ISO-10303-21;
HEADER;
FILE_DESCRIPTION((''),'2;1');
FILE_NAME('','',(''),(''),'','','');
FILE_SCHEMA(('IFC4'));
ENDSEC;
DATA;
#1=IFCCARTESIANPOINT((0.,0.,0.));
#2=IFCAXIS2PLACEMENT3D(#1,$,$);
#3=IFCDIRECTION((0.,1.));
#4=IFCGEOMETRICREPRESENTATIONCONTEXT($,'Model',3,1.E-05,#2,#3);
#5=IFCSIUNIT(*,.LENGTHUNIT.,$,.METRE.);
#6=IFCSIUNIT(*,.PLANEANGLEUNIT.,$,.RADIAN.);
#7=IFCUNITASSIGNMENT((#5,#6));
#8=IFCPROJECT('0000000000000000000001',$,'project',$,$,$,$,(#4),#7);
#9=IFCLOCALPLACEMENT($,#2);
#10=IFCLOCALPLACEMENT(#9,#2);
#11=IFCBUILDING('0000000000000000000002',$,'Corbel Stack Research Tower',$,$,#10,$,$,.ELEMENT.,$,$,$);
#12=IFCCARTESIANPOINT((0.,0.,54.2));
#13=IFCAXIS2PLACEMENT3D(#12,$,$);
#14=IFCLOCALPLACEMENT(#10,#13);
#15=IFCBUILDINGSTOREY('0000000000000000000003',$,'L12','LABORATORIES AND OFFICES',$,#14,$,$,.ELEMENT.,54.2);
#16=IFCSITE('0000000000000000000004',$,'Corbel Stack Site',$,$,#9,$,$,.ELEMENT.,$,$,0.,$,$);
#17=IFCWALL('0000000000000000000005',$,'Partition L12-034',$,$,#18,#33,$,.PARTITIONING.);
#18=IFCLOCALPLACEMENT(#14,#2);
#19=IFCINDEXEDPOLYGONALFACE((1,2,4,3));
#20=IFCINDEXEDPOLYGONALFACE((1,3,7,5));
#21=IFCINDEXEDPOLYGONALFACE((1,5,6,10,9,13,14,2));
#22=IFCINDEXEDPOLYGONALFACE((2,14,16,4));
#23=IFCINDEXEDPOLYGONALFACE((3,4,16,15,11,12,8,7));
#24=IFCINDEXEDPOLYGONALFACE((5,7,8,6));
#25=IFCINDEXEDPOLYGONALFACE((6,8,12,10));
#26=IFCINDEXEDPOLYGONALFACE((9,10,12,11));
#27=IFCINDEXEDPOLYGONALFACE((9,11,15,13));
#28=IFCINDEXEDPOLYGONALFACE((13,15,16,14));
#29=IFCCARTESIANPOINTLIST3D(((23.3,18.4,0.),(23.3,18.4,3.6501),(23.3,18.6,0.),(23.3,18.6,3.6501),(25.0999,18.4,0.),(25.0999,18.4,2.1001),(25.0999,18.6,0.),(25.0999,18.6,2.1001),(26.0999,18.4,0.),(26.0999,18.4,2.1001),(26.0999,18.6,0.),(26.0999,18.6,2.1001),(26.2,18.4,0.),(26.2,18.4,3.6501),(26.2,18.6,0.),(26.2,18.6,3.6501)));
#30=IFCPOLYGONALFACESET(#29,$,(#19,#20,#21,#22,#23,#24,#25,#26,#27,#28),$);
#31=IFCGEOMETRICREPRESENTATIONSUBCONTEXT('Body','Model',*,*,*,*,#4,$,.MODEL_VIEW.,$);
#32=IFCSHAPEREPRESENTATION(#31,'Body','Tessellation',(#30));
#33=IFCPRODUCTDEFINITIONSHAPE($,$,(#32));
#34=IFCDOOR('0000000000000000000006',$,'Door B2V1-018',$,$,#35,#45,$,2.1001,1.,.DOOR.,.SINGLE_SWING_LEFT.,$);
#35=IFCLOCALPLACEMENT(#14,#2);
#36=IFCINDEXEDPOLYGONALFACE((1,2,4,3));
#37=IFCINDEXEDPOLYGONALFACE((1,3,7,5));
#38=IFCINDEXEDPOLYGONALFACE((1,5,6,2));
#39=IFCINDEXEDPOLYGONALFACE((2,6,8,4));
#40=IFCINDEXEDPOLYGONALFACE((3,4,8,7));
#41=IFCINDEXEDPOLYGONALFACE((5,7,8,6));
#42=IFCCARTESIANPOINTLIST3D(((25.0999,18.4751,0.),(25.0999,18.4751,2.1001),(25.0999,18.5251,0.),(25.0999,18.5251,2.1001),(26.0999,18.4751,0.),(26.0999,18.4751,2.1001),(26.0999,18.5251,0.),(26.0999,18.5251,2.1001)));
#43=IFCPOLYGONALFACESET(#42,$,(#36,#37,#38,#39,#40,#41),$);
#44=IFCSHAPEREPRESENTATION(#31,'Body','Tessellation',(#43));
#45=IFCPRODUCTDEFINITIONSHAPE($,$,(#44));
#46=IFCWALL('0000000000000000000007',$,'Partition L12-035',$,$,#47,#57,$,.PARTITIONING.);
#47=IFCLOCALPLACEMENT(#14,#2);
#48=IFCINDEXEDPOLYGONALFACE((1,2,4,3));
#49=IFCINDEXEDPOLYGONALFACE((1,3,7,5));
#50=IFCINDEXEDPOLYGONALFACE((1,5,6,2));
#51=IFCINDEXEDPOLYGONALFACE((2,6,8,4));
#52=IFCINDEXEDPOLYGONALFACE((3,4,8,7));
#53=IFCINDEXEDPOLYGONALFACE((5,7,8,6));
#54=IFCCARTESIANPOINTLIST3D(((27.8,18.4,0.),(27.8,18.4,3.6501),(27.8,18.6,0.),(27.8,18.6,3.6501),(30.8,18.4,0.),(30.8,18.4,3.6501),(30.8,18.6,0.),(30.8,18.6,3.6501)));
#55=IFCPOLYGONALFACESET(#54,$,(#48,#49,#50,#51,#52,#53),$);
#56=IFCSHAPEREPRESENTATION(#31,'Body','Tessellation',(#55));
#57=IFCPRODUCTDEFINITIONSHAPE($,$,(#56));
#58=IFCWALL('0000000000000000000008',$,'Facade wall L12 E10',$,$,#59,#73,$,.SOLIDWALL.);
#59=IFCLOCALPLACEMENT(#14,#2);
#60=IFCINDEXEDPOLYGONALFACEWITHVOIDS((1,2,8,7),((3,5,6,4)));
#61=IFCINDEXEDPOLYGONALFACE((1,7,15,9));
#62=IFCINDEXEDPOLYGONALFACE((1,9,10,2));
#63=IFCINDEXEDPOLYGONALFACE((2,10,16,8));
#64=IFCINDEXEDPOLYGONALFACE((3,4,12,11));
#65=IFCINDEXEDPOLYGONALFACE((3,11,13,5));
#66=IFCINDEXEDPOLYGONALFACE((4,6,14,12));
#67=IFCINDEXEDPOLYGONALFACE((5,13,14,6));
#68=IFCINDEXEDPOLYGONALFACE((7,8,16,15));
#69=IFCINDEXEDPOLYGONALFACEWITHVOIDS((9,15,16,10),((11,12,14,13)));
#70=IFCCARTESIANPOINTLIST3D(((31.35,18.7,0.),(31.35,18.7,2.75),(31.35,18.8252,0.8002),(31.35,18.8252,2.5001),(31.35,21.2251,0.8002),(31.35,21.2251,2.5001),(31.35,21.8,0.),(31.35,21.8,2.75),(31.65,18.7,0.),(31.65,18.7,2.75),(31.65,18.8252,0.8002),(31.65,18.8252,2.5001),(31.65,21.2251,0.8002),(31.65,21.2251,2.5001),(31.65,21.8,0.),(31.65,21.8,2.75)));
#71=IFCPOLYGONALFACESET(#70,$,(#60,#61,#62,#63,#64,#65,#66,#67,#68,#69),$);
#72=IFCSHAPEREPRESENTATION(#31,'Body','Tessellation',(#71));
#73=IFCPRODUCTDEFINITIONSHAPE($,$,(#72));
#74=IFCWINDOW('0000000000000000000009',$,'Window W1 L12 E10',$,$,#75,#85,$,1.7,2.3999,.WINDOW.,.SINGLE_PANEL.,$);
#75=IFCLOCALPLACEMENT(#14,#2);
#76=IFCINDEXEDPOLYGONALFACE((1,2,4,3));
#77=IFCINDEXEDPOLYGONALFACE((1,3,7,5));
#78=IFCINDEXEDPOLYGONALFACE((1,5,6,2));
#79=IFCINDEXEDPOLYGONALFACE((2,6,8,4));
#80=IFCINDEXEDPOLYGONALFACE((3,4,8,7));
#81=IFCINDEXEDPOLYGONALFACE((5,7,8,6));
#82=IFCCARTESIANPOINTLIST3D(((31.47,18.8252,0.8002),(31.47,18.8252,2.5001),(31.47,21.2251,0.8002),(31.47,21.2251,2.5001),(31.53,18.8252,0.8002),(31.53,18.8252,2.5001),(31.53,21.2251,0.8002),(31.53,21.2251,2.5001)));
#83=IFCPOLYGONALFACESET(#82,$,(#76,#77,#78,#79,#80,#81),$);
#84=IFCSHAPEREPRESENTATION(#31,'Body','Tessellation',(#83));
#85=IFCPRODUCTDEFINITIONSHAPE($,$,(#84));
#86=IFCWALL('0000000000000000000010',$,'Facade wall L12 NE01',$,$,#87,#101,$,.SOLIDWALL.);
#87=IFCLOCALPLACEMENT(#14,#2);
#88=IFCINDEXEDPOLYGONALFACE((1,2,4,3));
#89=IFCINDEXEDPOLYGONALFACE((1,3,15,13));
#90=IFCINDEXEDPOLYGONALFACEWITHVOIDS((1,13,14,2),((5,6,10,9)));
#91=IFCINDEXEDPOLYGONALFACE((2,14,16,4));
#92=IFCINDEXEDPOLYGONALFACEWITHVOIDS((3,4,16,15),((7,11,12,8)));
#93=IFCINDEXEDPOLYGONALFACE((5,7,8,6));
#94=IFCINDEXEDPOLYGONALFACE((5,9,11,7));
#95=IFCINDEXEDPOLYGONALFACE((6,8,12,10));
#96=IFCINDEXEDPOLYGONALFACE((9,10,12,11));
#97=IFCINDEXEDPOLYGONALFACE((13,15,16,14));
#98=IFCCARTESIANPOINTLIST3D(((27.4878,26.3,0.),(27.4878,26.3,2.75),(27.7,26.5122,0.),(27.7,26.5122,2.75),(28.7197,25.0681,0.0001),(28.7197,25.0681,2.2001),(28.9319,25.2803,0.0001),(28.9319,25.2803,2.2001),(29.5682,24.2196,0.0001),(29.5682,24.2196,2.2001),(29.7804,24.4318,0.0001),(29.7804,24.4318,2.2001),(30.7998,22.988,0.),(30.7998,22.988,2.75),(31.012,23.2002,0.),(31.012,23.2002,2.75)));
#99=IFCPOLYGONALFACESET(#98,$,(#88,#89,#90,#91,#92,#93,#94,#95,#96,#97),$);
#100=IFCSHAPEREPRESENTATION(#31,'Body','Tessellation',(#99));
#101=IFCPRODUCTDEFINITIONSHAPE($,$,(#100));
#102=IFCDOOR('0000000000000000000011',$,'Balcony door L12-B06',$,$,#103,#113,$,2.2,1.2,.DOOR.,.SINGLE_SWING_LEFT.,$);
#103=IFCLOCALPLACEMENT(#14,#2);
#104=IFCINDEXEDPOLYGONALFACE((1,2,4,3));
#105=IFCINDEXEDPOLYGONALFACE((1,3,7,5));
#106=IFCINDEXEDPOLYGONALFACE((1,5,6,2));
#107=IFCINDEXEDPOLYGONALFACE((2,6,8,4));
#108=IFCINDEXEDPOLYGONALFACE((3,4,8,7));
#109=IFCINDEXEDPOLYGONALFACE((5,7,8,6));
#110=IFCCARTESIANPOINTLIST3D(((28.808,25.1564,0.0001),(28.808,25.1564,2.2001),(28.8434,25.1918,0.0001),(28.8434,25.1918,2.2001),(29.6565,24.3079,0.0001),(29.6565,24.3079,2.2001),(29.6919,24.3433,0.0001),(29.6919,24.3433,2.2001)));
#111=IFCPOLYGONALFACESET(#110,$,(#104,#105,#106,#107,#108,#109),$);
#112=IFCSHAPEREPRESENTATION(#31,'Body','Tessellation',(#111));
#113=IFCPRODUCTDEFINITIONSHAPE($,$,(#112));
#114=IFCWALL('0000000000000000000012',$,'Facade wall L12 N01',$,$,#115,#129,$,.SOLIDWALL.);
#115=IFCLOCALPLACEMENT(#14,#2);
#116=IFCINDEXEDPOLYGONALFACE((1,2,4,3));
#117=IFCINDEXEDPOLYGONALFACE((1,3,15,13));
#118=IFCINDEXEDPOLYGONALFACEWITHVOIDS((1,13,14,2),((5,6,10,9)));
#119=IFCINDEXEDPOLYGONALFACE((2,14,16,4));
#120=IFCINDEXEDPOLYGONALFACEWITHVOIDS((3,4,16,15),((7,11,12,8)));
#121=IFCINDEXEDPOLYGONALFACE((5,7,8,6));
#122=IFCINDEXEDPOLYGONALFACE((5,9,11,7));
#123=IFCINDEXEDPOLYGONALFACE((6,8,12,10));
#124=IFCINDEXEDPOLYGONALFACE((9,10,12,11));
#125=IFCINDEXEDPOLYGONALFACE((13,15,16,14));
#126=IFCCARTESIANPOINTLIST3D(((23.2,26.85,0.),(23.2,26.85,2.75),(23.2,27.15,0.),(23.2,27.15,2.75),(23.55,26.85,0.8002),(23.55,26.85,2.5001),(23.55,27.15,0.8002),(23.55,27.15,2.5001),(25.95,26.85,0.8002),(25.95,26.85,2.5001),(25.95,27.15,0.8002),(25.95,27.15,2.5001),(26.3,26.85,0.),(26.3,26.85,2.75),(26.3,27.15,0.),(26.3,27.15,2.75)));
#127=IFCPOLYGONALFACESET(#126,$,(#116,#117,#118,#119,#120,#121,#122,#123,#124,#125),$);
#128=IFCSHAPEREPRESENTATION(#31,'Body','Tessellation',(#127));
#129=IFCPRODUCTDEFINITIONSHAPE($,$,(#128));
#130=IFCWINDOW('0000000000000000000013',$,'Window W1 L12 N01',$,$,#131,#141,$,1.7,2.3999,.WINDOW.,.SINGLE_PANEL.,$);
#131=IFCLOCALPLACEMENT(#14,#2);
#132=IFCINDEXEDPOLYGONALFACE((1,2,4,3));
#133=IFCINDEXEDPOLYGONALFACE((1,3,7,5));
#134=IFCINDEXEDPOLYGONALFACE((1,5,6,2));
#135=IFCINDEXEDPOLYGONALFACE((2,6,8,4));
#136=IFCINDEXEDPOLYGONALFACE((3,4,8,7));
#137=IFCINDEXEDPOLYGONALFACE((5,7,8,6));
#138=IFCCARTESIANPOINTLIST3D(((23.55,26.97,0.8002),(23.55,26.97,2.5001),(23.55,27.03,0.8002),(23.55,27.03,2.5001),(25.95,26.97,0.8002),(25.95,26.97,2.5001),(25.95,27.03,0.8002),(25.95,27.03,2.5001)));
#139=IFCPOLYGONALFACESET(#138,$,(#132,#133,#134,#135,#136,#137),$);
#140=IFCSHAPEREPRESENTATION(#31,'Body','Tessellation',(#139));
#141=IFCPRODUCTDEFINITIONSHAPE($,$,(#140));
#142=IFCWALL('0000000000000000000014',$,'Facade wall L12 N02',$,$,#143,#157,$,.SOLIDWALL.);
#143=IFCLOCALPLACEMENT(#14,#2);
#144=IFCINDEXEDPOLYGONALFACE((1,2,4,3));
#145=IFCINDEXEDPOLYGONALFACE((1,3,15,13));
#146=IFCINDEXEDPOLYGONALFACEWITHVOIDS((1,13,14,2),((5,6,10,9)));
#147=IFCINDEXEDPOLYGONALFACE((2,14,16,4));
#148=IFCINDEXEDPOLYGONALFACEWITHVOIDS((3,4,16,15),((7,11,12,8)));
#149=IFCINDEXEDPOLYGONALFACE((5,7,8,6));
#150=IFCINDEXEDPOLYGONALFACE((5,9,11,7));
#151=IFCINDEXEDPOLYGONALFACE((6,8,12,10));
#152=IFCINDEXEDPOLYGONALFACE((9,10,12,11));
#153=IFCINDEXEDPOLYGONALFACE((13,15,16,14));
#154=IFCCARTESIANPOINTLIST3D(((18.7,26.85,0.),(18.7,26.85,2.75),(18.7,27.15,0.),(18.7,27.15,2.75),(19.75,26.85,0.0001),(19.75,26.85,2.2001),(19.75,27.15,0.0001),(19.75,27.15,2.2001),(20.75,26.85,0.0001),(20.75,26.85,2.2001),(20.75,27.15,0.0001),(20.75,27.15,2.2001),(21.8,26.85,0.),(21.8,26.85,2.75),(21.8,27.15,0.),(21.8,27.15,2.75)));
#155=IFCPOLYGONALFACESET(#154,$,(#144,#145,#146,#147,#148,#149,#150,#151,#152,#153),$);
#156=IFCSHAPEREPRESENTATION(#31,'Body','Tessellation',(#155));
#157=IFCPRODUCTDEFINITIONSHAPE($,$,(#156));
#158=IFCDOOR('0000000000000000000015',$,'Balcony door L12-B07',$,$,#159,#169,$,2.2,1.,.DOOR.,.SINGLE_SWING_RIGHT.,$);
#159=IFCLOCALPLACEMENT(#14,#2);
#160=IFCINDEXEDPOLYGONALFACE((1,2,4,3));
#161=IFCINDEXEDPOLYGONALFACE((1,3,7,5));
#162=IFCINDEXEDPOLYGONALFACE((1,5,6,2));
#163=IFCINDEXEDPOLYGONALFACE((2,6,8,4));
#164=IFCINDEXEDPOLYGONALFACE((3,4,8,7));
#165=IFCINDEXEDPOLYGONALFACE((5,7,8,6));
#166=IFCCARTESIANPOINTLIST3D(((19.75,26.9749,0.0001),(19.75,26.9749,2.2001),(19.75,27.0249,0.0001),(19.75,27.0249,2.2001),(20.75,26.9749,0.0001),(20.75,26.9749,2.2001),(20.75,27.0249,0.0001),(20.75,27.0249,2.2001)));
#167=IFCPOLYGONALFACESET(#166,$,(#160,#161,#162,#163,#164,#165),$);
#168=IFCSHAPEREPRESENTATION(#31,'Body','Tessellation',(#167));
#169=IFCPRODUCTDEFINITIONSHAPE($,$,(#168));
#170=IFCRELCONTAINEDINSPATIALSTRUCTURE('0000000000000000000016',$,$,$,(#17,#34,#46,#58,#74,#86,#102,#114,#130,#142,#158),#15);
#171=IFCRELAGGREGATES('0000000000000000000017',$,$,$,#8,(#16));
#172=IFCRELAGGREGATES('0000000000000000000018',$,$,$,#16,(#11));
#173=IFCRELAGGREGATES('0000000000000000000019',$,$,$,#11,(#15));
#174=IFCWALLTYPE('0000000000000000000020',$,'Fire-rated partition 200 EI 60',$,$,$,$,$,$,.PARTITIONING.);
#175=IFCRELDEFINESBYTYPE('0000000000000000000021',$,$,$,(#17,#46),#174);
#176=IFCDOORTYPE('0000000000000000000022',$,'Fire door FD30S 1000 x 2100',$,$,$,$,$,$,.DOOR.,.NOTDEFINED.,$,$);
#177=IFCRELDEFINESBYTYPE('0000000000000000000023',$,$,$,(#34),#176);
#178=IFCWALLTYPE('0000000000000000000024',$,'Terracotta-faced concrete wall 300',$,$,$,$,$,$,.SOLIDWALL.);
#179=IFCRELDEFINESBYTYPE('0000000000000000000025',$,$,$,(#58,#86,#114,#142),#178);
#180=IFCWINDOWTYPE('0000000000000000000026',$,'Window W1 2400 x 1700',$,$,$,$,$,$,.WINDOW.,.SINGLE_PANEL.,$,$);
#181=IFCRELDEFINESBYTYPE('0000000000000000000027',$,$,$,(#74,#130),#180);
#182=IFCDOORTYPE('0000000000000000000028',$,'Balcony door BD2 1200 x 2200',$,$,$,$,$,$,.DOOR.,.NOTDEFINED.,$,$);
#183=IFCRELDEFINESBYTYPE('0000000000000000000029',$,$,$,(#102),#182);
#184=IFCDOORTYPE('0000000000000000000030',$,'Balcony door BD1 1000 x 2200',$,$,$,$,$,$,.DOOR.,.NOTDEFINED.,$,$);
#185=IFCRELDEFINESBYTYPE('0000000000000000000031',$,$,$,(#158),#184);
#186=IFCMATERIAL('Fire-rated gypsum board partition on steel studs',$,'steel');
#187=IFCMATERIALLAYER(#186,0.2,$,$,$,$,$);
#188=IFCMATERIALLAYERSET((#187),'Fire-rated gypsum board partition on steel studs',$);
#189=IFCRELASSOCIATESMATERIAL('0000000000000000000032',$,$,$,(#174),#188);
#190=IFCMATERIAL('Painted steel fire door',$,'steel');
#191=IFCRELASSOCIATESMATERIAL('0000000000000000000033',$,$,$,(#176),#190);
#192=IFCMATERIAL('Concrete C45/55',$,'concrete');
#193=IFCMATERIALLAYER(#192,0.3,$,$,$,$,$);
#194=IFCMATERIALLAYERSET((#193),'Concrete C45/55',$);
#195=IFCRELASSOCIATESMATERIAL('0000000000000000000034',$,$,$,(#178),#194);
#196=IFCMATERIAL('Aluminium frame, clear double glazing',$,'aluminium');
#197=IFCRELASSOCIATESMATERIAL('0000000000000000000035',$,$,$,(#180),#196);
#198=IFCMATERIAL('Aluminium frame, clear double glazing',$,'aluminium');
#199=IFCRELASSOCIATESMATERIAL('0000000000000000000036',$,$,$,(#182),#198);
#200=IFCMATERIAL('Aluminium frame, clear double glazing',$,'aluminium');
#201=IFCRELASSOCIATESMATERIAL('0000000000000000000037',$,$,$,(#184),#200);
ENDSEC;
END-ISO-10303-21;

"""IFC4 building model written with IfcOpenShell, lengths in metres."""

from ifc_helpers import new_model, si_unit, direction, frame, frame_2d, origin, place, context, subcontext, project, spatial, rectangle, extrude, material, layer, layer_set, type_object, element, fill, save


model = new_model("IFC4")

# Units and contexts
model_context = context("Model", 3, precision=1e-05, world=origin(), true_north=direction((0.0, 1.0)))
body_context = subcontext(model_context, "Body", "Model", "MODEL_VIEW")
ifc_project = project(units=[si_unit("LENGTHUNIT", "METRE"), si_unit("PLANEANGLEUNIT", "RADIAN")], contexts=[model_context])

# Site, building, storey
site_placement = place(None, origin())
site = spatial("IfcSite", under=ifc_project, at=site_placement, Name="Corbel Stack Site", CompositionType="ELEMENT", RefElevation=0.0)
building_placement = place(site_placement, origin())
building = spatial("IfcBuilding", under=site, at=building_placement, Name="Corbel Stack Research Tower", CompositionType="ELEMENT")
storey_placement = place(building_placement, frame((0.0, 0.0, 54.2)))
storey = spatial("IfcBuildingStorey", under=building, at=storey_placement, Name="L12", Description="LABORATORIES AND OFFICES", CompositionType="ELEMENT", Elevation=54.2)

# Shared definitions
ifc_material_1 = material(Name="Fire-rated gypsum board partition on steel studs", Category="steel")
ifc_layer_1 = layer(ifc_material_1, 0.2)
ifc_layer_set_1 = layer_set([ifc_layer_1], Name="Fire-rated gypsum board partition on steel studs")
wall_type_1 = type_object("IfcWallType", Name="Fire-rated partition 200 EI 60", PredefinedType="PARTITIONING", material=ifc_layer_set_1)
ifc_material_2 = material(Name="Painted steel fire door", Category="steel")
door_type_1 = type_object("IfcDoorType", Name="Fire door FD30S 1000 x 2100", OperationType="NOTDEFINED", PredefinedType="DOOR", material=ifc_material_2)

# Wall, opening, door
wall_1_placement = place(storey_placement, frame((26.2, 18.5, 0.0), z_axis=(0.0, 0.0, 1.0), x_axis=(-1.0, 0.0, 0.0)))
wall_1 = element("IfcWall", 1, at=wall_1_placement, inside=storey, type_object=wall_type_1, Name="Partition L12-034", PredefinedType="PARTITIONING", context=body_context, shape_type="SweptSolid", body=[
    extrude(rectangle(XDim=2.8999, YDim=0.2, at=frame_2d((1.45, 0.0))), origin(), (0.0, 0.0, 1.0), 3.6501),
])
opening_1_placement = place(wall_1_placement, frame((0.1001, 0.0, 0.0)))
opening_1 = element("IfcOpeningElement", 2, at=opening_1_placement, cuts=wall_1, PredefinedType="OPENING", context=body_context, shape_type="SweptSolid", body=[
    extrude(rectangle(XDim=1.0, YDim=2.1001, at=frame_2d((0.5, 1.05))), frame((0.0, 0.1099, 0.0), z_axis=(0.0, -1.0, 0.0), x_axis=(1.0, 0.0, 0.0)), (0.0, 0.0, 1.0), 0.22),
])
door_1_placement = place(opening_1_placement, origin())
door_1 = element("IfcDoor", 3, at=door_1_placement, inside=storey, type_object=door_type_1, Name="Door B2V1-018", OperationType="SINGLE_SWING_LEFT", OverallHeight=2.1001, OverallWidth=1.0, PredefinedType="DOOR", context=body_context, shape_type="SweptSolid", body=[
    extrude(rectangle(XDim=1.0, YDim=2.1001, at=frame_2d((0.5, 1.05))), frame((0.0, 0.0249, 0.0), z_axis=(0.0, -1.0, 0.0), x_axis=(1.0, 0.0, 0.0)), (0.0, 0.0, 1.0), 0.05),
])
fill(opening_1, door_1)

# Wall
wall_2_placement = place(storey_placement, frame((27.8, 18.5, 0.0), z_axis=(0.0, 0.0, 1.0), x_axis=(1.0, 0.0, 0.0)))
element("IfcWall", 4, at=wall_2_placement, inside=storey, type_object=wall_type_1, Name="Partition L12-035", PredefinedType="PARTITIONING", context=body_context, shape_type="SweptSolid", body=[
    extrude(rectangle(XDim=3.0, YDim=0.2, at=frame_2d((1.5, 0.0))), origin(), (0.0, 0.0, 1.0), 3.6501),
])

# Wall, opening, window
ifc_material_3 = material(Name="Concrete C45/55", Category="concrete")
ifc_layer_2 = layer(ifc_material_3, 0.3)
ifc_layer_set_2 = layer_set([ifc_layer_2], Name="Concrete C45/55")
wall_type_2 = type_object("IfcWallType", Name="Terracotta-faced concrete wall 300", PredefinedType="SOLIDWALL", material=ifc_layer_set_2)
wall_3_placement = place(storey_placement, frame((31.5, 21.8, 0.0), z_axis=(0.0, 0.0, 1.0), x_axis=(0.0, -1.0, 0.0)))
wall_3 = element("IfcWall", 5, at=wall_3_placement, inside=storey, type_object=wall_type_2, Name="Facade wall L12 E10", PredefinedType="SOLIDWALL", context=body_context, shape_type="SweptSolid", body=[
    extrude(rectangle(XDim=3.1001, YDim=0.3, at=frame_2d((1.55, 0.0))), origin(), (0.0, 0.0, 1.0), 2.75),
])
opening_2_placement = place(wall_3_placement, frame((0.575, 0.0, 0.8)))
opening_2 = element("IfcOpeningElement", 6, at=opening_2_placement, cuts=wall_3, PredefinedType="OPENING", context=body_context, shape_type="SweptSolid", body=[
    extrude(rectangle(XDim=2.3999, YDim=1.7, at=frame_2d((1.2, 0.8501))), frame((0.0, 0.1599, 0.0), z_axis=(0.0, -1.0, 0.0), x_axis=(1.0, 0.0, 0.0)), (0.0, 0.0, 1.0), 0.3201),
])
ifc_material_4 = material(Name="Aluminium frame, clear double glazing", Category="aluminium")
window_type = type_object("IfcWindowType", Name="Window W1 2400 x 1700", PartitioningType="SINGLE_PANEL", PredefinedType="WINDOW", material=ifc_material_4)
window_1_placement = place(opening_2_placement, origin())
window_1 = element("IfcWindow", 7, at=window_1_placement, inside=storey, type_object=window_type, Name="Window W1 L12 E10", OverallHeight=1.7, OverallWidth=2.3999, PartitioningType="SINGLE_PANEL", PredefinedType="WINDOW", context=body_context, shape_type="SweptSolid", body=[
    extrude(rectangle(XDim=2.3999, YDim=1.7, at=frame_2d((1.2, 0.8501))), frame((0.0, 0.03, 0.0), z_axis=(0.0, -1.0, 0.0), x_axis=(1.0, 0.0, 0.0)), (0.0, 0.0, 1.0), 0.0601),
])
fill(opening_2, window_1)

# Wall, opening, door
wall_4_placement = place(storey_placement, frame((27.594, 26.406, 0.0), z_axis=(0.0, 0.0, 1.0), x_axis=(0.707107, -0.707107, 0.0)))
wall_4 = element("IfcWall", 8, at=wall_4_placement, inside=storey, type_object=wall_type_2, Name="Facade wall L12 NE01", PredefinedType="SOLIDWALL", context=body_context, shape_type="SweptSolid", body=[
    extrude(rectangle(XDim=4.6838, YDim=0.3, at=frame_2d((2.3418, 0.0))), origin(), (0.0, 0.0, 1.0), 2.75),
])
opening_3_placement = place(wall_4_placement, frame((1.7419, 0.0, 0.0)))
opening_3 = element("IfcOpeningElement", 9, at=opening_3_placement, cuts=wall_4, PredefinedType="OPENING", context=body_context, shape_type="SweptSolid", body=[
    extrude(rectangle(XDim=1.2, YDim=2.2, at=frame_2d((0.6001, 1.1001))), frame((0.0, 0.1599, 0.0), z_axis=(0.0, -1.0, 0.0), x_axis=(1.0, 0.0, 0.0)), (0.0, 0.0, 1.0), 0.3201),
])
ifc_material_5 = material(Name="Aluminium frame, clear double glazing", Category="aluminium")
door_type_2 = type_object("IfcDoorType", Name="Balcony door BD2 1200 x 2200", OperationType="NOTDEFINED", PredefinedType="DOOR", material=ifc_material_5)
door_2_placement = place(opening_3_placement, origin())
door_2 = element("IfcDoor", 10, at=door_2_placement, inside=storey, type_object=door_type_2, Name="Balcony door L12-B06", OperationType="SINGLE_SWING_LEFT", OverallHeight=2.2, OverallWidth=1.2, PredefinedType="DOOR", context=body_context, shape_type="SweptSolid", body=[
    extrude(rectangle(XDim=1.2, YDim=2.2, at=frame_2d((0.6001, 1.1001))), frame((0.0, 0.0249, 0.0), z_axis=(0.0, -1.0, 0.0), x_axis=(1.0, 0.0, 0.0)), (0.0, 0.0, 1.0), 0.05),
])
fill(opening_3, door_2)

# Wall, opening, window
wall_5_placement = place(storey_placement, frame((23.2, 27.0, 0.0), z_axis=(0.0, 0.0, 1.0), x_axis=(1.0, 0.0, 0.0)))
wall_5 = element("IfcWall", 11, at=wall_5_placement, inside=storey, type_object=wall_type_2, Name="Facade wall L12 N01", PredefinedType="SOLIDWALL", context=body_context, shape_type="SweptSolid", body=[
    extrude(rectangle(XDim=3.1001, YDim=0.3, at=frame_2d((1.55, 0.0))), origin(), (0.0, 0.0, 1.0), 2.75),
])
opening_4_placement = place(wall_5_placement, frame((0.3501, 0.0, 0.8)))
opening_4 = element("IfcOpeningElement", 12, at=opening_4_placement, cuts=wall_5, PredefinedType="OPENING", context=body_context, shape_type="SweptSolid", body=[
    extrude(rectangle(XDim=2.3999, YDim=1.7, at=frame_2d((1.2, 0.8501))), frame((0.0, 0.1599, 0.0), z_axis=(0.0, -1.0, 0.0), x_axis=(1.0, 0.0, 0.0)), (0.0, 0.0, 1.0), 0.3201),
])
window_2_placement = place(opening_4_placement, origin())
window_2 = element("IfcWindow", 13, at=window_2_placement, inside=storey, type_object=window_type, Name="Window W1 L12 N01", OverallHeight=1.7, OverallWidth=2.3999, PartitioningType="SINGLE_PANEL", PredefinedType="WINDOW", context=body_context, shape_type="SweptSolid", body=[
    extrude(rectangle(XDim=2.3999, YDim=1.7, at=frame_2d((1.2, 0.8501))), frame((0.0, 0.03, 0.0), z_axis=(0.0, -1.0, 0.0), x_axis=(1.0, 0.0, 0.0)), (0.0, 0.0, 1.0), 0.0601),
])
fill(opening_4, window_2)

# Wall, opening, door
wall_6_placement = place(storey_placement, frame((18.7, 27.0, 0.0), z_axis=(0.0, 0.0, 1.0), x_axis=(1.0, 0.0, 0.0)))
wall_6 = element("IfcWall", 14, at=wall_6_placement, inside=storey, type_object=wall_type_2, Name="Facade wall L12 N02", PredefinedType="SOLIDWALL", context=body_context, shape_type="SweptSolid", body=[
    extrude(rectangle(XDim=3.1001, YDim=0.3, at=frame_2d((1.55, 0.0))), origin(), (0.0, 0.0, 1.0), 2.75),
])
opening_5_placement = place(wall_6_placement, frame((1.05, 0.0, 0.0)))
opening_5 = element("IfcOpeningElement", 15, at=opening_5_placement, cuts=wall_6, PredefinedType="OPENING", context=body_context, shape_type="SweptSolid", body=[
    extrude(rectangle(XDim=1.0, YDim=2.2, at=frame_2d((0.5, 1.1001))), frame((0.0, 0.1599, 0.0), z_axis=(0.0, -1.0, 0.0), x_axis=(1.0, 0.0, 0.0)), (0.0, 0.0, 1.0), 0.3201),
])
ifc_material_6 = material(Name="Aluminium frame, clear double glazing", Category="aluminium")
door_type_3 = type_object("IfcDoorType", Name="Balcony door BD1 1000 x 2200", OperationType="NOTDEFINED", PredefinedType="DOOR", material=ifc_material_6)
door_3_placement = place(opening_5_placement, origin())
door_3 = element("IfcDoor", 16, at=door_3_placement, inside=storey, type_object=door_type_3, Name="Balcony door L12-B07", OperationType="SINGLE_SWING_RIGHT", OverallHeight=2.2, OverallWidth=1.0, PredefinedType="DOOR", context=body_context, shape_type="SweptSolid", body=[
    extrude(rectangle(XDim=1.0, YDim=2.2, at=frame_2d((0.5, 1.1001))), frame((0.0, 0.0249, 0.0), z_axis=(0.0, -1.0, 0.0), x_axis=(1.0, 0.0, 0.0)), (0.0, 0.0, 1.0), 0.05),
])
fill(opening_5, door_3)

save(model, "model.ifc")
